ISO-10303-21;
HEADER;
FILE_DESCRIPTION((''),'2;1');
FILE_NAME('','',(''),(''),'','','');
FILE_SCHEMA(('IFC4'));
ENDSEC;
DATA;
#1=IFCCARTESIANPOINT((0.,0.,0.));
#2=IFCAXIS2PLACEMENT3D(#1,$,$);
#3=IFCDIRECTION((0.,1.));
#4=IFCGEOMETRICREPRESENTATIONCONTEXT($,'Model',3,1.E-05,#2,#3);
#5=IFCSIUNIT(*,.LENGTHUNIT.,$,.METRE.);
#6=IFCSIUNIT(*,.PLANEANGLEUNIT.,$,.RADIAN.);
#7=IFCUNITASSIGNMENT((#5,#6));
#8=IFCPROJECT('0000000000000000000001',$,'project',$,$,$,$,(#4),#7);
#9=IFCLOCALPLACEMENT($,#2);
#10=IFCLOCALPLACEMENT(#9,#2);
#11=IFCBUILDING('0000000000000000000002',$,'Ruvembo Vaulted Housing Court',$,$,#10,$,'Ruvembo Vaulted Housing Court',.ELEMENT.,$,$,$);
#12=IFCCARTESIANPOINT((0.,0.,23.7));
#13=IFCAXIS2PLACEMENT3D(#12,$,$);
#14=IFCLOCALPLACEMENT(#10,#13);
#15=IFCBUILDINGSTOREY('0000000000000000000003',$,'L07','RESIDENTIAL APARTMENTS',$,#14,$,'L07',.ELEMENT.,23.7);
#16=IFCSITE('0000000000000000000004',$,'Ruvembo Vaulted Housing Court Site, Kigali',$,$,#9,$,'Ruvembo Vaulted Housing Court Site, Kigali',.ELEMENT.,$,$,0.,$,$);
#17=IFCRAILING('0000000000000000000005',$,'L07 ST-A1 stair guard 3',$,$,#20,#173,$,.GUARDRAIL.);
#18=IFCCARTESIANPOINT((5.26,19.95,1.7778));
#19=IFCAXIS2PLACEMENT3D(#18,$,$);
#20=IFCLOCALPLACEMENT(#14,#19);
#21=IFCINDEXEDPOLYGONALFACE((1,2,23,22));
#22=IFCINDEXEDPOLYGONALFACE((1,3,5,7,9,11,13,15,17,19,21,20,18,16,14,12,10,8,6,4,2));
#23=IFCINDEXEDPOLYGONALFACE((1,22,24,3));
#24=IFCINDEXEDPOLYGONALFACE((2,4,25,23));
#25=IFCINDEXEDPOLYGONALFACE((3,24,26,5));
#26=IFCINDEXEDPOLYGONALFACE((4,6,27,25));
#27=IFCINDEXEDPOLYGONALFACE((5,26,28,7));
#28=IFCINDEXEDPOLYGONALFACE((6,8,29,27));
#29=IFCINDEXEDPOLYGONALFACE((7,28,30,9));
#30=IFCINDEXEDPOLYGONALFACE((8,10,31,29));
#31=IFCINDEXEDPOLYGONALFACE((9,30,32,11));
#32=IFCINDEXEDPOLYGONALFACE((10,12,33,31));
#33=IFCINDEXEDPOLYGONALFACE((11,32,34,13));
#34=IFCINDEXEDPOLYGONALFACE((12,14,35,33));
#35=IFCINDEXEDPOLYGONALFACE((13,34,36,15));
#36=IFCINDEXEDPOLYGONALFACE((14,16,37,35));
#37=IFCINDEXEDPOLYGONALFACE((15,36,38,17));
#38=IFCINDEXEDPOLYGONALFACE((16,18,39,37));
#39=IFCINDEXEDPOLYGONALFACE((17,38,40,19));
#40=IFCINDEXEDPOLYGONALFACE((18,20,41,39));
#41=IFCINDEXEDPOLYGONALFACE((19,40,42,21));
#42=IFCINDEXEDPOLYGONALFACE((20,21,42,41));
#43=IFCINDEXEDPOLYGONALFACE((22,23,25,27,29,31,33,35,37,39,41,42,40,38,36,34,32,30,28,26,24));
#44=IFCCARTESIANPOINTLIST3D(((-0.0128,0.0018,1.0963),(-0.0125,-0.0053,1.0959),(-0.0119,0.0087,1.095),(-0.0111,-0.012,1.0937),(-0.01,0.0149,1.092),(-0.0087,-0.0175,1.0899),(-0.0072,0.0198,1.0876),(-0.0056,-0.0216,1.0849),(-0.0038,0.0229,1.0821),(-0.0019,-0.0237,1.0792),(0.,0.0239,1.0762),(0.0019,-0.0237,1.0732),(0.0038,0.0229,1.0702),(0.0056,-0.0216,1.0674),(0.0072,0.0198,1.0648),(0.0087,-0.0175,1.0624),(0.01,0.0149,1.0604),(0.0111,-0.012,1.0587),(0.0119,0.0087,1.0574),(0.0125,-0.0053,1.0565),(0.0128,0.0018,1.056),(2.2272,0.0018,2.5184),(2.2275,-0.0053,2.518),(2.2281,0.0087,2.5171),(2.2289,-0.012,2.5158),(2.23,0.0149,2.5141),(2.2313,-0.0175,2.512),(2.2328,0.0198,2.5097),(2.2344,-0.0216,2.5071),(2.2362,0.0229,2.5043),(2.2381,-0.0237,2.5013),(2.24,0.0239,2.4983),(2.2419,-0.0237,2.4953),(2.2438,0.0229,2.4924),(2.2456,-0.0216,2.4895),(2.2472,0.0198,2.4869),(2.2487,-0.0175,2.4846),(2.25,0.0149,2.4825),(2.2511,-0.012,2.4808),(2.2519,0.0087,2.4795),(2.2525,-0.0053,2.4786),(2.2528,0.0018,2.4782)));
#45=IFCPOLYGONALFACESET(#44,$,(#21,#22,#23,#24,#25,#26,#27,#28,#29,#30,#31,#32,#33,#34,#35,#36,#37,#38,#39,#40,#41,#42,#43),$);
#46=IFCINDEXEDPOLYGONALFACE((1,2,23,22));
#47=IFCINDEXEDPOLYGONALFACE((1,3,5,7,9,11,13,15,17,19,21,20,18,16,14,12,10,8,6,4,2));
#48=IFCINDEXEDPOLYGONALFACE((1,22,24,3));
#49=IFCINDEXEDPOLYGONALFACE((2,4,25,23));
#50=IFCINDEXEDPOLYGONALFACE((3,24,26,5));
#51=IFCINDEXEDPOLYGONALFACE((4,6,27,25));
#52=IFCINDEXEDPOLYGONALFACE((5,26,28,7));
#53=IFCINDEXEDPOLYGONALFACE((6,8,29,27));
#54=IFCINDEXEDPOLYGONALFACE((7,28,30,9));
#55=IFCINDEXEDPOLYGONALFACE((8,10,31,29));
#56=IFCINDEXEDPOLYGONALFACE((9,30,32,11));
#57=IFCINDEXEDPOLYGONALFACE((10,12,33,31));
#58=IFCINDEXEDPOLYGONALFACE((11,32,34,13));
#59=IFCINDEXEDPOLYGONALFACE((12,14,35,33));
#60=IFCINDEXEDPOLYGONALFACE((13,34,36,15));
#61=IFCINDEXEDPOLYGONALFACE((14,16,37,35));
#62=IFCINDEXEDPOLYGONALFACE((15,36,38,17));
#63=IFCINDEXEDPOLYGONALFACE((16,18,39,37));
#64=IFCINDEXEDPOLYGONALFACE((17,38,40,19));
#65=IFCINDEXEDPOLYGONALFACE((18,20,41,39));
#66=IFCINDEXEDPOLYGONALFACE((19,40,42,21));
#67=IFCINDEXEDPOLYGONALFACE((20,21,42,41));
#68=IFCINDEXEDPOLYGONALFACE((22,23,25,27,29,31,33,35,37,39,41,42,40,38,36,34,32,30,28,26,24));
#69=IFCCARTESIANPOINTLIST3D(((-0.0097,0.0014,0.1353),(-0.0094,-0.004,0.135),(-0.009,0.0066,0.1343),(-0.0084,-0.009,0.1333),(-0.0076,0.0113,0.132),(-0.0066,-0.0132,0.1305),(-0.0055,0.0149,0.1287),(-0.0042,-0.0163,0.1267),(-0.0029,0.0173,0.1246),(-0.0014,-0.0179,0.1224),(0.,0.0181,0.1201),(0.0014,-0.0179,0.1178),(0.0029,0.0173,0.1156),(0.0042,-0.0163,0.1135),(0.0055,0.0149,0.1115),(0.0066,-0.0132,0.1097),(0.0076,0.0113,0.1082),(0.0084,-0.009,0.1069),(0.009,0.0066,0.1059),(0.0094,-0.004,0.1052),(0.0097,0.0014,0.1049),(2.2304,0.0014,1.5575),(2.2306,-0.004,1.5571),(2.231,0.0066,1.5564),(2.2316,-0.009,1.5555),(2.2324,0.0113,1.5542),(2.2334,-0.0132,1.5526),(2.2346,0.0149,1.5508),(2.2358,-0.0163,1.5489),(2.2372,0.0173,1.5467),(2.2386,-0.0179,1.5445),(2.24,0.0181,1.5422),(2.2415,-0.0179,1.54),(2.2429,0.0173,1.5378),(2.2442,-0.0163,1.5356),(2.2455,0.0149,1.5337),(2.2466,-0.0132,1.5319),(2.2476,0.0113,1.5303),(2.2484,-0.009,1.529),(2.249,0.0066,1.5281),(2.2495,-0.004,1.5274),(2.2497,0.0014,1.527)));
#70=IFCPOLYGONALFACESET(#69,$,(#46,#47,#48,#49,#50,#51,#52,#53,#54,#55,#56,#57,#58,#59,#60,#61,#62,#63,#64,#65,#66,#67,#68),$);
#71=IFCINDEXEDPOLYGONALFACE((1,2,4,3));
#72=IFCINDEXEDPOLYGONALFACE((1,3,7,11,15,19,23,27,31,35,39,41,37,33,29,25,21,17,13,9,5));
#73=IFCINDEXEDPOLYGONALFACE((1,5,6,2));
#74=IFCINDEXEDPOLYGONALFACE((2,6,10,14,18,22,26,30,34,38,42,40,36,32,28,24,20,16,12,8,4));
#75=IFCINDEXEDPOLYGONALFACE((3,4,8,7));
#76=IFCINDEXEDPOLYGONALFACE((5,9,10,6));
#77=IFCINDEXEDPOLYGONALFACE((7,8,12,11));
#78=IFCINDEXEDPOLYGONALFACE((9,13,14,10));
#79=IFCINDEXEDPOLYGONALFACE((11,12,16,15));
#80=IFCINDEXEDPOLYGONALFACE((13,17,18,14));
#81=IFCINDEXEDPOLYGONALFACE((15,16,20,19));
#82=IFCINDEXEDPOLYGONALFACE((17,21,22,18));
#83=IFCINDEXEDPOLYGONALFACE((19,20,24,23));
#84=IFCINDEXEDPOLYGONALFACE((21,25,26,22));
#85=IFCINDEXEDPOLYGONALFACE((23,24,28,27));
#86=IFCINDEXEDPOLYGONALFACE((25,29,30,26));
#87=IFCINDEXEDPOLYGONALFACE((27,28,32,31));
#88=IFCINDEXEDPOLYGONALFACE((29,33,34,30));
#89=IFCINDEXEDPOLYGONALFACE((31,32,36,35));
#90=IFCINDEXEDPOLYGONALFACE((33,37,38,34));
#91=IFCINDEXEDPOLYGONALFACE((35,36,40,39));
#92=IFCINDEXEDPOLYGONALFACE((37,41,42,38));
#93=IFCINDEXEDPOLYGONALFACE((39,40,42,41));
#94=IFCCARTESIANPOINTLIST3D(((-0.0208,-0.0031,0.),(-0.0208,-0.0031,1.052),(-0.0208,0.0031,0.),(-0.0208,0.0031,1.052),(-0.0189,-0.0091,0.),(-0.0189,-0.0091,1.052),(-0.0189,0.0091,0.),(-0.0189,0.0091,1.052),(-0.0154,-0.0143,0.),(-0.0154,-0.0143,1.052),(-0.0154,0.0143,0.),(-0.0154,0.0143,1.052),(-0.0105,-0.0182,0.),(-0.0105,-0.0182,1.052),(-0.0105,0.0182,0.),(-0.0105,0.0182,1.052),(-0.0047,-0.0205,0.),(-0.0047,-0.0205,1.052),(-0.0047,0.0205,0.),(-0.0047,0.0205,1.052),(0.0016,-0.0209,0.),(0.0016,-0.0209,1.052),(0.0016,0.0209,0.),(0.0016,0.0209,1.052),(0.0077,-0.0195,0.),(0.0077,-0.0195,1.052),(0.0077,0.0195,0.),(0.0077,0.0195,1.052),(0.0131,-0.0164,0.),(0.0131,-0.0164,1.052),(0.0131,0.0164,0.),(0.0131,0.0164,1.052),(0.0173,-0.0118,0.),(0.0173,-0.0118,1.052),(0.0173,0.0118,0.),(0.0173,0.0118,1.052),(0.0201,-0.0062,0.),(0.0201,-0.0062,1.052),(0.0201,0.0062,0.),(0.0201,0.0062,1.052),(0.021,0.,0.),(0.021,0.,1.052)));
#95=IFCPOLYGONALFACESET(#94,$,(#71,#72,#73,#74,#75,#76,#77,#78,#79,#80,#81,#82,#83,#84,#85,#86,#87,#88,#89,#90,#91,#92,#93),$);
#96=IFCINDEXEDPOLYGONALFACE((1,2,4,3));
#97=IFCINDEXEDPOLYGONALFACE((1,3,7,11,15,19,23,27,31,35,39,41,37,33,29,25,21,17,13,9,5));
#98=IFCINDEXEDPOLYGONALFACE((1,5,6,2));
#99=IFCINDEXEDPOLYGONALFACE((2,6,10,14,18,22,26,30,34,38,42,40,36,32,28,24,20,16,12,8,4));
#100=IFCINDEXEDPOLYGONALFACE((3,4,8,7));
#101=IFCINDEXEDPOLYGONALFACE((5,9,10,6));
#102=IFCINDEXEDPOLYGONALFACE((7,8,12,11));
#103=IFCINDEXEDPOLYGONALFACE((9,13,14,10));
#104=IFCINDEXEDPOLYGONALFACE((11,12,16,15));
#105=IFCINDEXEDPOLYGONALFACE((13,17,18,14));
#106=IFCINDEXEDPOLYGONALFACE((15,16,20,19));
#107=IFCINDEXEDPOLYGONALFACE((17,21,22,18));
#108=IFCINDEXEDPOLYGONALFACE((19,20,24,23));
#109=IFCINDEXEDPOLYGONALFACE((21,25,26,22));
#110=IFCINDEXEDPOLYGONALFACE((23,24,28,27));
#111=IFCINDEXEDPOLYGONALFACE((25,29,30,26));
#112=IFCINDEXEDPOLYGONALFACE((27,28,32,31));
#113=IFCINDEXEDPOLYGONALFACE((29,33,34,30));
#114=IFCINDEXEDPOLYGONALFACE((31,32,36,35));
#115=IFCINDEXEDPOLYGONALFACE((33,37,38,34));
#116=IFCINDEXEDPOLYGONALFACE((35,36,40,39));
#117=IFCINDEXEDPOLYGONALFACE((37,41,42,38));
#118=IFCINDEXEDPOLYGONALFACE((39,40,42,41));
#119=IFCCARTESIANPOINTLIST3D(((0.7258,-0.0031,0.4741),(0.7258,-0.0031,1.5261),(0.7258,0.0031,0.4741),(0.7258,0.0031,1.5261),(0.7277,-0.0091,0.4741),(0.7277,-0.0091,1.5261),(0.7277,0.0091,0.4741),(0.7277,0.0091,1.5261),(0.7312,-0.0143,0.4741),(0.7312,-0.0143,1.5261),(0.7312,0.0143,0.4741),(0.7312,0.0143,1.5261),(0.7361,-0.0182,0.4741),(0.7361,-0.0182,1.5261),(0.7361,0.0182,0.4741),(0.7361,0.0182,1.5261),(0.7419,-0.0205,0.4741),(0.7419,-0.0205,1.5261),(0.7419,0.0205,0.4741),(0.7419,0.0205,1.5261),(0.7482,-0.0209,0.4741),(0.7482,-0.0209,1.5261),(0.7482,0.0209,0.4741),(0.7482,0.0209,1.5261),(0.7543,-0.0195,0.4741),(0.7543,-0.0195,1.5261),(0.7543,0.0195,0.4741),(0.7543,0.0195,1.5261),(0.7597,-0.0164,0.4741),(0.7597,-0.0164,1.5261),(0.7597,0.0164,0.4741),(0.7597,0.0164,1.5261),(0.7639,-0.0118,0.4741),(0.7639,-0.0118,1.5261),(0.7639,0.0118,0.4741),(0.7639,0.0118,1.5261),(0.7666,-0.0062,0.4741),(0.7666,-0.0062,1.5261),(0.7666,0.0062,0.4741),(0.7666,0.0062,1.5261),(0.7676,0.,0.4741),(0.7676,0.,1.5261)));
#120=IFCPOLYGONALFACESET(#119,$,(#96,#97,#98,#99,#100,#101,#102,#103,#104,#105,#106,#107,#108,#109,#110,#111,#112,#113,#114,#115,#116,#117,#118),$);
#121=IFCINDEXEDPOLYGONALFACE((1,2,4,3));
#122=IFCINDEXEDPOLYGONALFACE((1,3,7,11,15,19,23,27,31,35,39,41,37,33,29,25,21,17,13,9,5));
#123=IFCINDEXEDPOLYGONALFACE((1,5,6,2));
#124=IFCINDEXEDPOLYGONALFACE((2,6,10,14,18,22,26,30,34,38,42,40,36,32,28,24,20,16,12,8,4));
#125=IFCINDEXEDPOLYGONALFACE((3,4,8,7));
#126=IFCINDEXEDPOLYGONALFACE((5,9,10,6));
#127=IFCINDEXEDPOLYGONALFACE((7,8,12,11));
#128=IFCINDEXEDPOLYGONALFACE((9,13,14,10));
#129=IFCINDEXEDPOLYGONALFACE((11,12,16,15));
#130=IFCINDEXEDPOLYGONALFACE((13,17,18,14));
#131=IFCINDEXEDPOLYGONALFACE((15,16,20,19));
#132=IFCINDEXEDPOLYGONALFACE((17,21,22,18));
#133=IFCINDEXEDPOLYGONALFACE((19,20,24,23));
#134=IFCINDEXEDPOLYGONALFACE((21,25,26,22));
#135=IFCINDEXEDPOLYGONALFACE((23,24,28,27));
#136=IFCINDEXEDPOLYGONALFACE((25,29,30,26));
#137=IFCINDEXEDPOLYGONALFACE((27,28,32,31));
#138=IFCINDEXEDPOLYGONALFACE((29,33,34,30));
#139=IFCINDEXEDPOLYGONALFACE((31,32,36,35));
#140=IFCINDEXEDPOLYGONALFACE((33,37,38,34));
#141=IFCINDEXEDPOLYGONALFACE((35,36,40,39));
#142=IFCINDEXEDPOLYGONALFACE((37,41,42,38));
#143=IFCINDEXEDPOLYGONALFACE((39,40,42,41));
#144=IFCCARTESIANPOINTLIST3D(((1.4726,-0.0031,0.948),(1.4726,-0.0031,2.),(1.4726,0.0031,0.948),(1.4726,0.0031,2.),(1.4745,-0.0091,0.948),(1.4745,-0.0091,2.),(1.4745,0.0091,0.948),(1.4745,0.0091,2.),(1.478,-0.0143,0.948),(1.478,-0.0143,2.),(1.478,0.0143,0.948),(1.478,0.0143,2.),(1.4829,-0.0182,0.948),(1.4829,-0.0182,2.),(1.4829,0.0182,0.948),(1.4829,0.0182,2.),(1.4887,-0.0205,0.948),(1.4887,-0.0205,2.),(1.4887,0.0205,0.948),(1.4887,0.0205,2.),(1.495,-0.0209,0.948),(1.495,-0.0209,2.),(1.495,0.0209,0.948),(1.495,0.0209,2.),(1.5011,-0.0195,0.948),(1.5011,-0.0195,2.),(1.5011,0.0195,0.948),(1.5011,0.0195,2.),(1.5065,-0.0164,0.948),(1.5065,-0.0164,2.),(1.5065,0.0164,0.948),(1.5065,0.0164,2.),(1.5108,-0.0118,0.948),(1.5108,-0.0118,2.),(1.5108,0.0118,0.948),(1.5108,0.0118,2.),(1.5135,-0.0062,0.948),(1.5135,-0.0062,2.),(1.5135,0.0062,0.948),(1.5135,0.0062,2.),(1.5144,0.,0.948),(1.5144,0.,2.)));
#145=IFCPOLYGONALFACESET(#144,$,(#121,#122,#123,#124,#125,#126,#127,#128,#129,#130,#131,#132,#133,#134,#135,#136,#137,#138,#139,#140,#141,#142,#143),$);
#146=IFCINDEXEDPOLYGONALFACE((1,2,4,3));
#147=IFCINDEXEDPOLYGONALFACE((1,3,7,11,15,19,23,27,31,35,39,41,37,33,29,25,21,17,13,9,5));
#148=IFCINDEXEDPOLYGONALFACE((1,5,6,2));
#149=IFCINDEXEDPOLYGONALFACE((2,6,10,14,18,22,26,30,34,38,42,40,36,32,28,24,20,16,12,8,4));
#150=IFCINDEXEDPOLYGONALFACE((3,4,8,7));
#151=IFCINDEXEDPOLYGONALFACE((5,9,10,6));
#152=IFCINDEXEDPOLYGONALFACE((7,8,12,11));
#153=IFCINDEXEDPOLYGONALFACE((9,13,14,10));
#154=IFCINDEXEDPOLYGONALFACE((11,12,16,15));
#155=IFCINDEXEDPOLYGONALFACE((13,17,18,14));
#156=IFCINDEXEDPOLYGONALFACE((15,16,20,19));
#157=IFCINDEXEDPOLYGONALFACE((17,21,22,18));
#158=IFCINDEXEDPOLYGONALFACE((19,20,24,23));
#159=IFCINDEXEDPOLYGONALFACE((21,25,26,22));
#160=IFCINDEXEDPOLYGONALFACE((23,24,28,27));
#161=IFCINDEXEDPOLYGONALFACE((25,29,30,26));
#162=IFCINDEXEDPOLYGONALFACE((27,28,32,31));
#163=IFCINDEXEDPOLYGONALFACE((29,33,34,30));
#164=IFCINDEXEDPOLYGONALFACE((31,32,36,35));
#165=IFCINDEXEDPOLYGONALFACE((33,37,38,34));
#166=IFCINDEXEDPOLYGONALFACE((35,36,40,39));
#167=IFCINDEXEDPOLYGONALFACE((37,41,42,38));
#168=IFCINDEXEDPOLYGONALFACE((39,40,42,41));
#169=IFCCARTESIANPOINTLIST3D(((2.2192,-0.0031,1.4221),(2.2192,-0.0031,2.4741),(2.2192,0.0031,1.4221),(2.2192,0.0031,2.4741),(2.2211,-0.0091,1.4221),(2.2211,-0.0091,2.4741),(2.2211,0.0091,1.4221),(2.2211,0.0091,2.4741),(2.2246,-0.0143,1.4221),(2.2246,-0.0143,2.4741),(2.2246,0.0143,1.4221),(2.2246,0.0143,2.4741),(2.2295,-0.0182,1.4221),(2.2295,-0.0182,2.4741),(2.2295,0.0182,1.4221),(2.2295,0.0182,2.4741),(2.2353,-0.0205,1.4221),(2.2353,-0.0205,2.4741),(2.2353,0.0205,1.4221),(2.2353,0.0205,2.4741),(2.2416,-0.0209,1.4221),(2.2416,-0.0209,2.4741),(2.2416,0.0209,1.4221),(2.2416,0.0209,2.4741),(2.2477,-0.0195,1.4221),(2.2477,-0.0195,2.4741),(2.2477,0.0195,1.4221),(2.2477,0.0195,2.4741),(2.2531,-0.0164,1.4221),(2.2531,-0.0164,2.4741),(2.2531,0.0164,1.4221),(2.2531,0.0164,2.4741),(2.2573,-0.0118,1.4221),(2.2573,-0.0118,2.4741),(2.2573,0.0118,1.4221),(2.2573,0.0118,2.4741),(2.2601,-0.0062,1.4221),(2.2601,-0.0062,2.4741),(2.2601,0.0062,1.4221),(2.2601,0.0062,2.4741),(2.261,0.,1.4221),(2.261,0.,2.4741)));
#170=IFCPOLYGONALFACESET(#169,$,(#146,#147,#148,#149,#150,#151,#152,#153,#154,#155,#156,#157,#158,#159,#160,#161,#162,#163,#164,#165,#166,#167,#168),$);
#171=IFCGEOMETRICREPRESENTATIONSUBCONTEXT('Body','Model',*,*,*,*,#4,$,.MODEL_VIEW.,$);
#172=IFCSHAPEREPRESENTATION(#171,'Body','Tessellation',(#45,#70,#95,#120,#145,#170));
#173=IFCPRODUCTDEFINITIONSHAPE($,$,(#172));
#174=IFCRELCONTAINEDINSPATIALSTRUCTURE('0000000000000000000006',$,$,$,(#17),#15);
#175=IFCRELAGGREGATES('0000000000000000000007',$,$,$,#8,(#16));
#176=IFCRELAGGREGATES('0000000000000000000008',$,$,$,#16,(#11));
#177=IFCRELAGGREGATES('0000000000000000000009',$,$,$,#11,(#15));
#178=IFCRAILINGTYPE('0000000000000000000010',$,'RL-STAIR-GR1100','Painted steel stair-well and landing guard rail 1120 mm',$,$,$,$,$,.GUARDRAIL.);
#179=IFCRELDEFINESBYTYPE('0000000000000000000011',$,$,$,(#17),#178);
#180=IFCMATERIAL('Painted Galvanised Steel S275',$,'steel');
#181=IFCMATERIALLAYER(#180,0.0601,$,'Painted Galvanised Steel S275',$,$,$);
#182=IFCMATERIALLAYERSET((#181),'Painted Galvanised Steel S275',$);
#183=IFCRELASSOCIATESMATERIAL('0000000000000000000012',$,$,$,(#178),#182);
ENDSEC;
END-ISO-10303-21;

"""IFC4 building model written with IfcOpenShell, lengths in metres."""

from ifc_helpers import new_model, si_unit, direction, frame, origin, origin_2d, place, context, subcontext, project, spatial, circle, extrude, material, layer, layer_set, type_object, element, save


model = new_model("IFC4")

# Units and contexts
model_context = context("Model", 3, precision=1e-05, world=origin(), true_north=direction((0.0, 1.0)))
body_context = subcontext(model_context, "Body", "Model", "MODEL_VIEW")
ifc_project = project(units=[si_unit("LENGTHUNIT", "METRE"), si_unit("PLANEANGLEUNIT", "RADIAN")], contexts=[model_context])

# Site, building, storey
site_placement = place(None, origin())
site = spatial("IfcSite", under=ifc_project, at=site_placement, Name="Ruvembo Vaulted Housing Court Site, Kigali", LongName="Ruvembo Vaulted Housing Court Site, Kigali", CompositionType="ELEMENT", RefElevation=0.0)
building_placement = place(site_placement, origin())
building = spatial("IfcBuilding", under=site, at=building_placement, Name="Ruvembo Vaulted Housing Court", LongName="Ruvembo Vaulted Housing Court", CompositionType="ELEMENT")
storey_placement = place(building_placement, frame((0.0, 0.0, 23.7)))
storey = spatial("IfcBuildingStorey", under=building, at=storey_placement, Name="L07", Description="RESIDENTIAL APARTMENTS", LongName="L07", CompositionType="ELEMENT", Elevation=23.7)

# Railing
ifc_material_1 = material(Name="Painted Galvanised Steel S275", Category="steel")
ifc_layer_1 = layer(ifc_material_1, 0.0601, Name="Painted Galvanised Steel S275")
ifc_layer_set_1 = layer_set([ifc_layer_1], Name="Painted Galvanised Steel S275")
railing_type_1 = type_object("IfcRailingType", Name="RL-STAIR-GR1100", Description="Painted steel stair-well and landing guard rail 1120 mm", PredefinedType="GUARDRAIL", material=ifc_layer_set_1)
railing_1_placement = place(storey_placement, frame((5.26, 19.95, 1.7778)))
element("IfcRailing", 1, at=railing_1_placement, inside=storey, type_object=railing_type_1, Name="L07 ST-A1 stair guard 3", PredefinedType="GUARDRAIL", context=body_context, shape_type="SweptSolid", body=[
    extrude(circle(Radius=0.0239, at=origin_2d()), frame((0.0, 0.0, 1.0762), z_axis=(0.844229, 0.0, 0.535982), x_axis=(0.0, 1.0, 0.0)), (0.0, 0.0, 1.0), 2.6533),
    extrude(circle(Radius=0.0181, at=origin_2d()), frame((0.0, 0.0, 0.1201), z_axis=(0.844229, 0.0, 0.535982), x_axis=(0.0, 1.0, 0.0)), (0.0, 0.0, 1.0), 2.6533),
    extrude(circle(Radius=0.021, at=origin_2d()), origin(), (0.0, 0.0, 1.0), 1.052),
    extrude(circle(Radius=0.021, at=origin_2d()), frame((0.7466, 0.0, 0.4741)), (0.0, 0.0, 1.0), 1.052),
    extrude(circle(Radius=0.021, at=origin_2d()), frame((1.4934, 0.0, 0.948)), (0.0, 0.0, 1.0), 1.052),
    extrude(circle(Radius=0.021, at=origin_2d()), frame((2.24, 0.0, 1.4221)), (0.0, 0.0, 1.0), 1.052),
])

save(model, "model.ifc")
